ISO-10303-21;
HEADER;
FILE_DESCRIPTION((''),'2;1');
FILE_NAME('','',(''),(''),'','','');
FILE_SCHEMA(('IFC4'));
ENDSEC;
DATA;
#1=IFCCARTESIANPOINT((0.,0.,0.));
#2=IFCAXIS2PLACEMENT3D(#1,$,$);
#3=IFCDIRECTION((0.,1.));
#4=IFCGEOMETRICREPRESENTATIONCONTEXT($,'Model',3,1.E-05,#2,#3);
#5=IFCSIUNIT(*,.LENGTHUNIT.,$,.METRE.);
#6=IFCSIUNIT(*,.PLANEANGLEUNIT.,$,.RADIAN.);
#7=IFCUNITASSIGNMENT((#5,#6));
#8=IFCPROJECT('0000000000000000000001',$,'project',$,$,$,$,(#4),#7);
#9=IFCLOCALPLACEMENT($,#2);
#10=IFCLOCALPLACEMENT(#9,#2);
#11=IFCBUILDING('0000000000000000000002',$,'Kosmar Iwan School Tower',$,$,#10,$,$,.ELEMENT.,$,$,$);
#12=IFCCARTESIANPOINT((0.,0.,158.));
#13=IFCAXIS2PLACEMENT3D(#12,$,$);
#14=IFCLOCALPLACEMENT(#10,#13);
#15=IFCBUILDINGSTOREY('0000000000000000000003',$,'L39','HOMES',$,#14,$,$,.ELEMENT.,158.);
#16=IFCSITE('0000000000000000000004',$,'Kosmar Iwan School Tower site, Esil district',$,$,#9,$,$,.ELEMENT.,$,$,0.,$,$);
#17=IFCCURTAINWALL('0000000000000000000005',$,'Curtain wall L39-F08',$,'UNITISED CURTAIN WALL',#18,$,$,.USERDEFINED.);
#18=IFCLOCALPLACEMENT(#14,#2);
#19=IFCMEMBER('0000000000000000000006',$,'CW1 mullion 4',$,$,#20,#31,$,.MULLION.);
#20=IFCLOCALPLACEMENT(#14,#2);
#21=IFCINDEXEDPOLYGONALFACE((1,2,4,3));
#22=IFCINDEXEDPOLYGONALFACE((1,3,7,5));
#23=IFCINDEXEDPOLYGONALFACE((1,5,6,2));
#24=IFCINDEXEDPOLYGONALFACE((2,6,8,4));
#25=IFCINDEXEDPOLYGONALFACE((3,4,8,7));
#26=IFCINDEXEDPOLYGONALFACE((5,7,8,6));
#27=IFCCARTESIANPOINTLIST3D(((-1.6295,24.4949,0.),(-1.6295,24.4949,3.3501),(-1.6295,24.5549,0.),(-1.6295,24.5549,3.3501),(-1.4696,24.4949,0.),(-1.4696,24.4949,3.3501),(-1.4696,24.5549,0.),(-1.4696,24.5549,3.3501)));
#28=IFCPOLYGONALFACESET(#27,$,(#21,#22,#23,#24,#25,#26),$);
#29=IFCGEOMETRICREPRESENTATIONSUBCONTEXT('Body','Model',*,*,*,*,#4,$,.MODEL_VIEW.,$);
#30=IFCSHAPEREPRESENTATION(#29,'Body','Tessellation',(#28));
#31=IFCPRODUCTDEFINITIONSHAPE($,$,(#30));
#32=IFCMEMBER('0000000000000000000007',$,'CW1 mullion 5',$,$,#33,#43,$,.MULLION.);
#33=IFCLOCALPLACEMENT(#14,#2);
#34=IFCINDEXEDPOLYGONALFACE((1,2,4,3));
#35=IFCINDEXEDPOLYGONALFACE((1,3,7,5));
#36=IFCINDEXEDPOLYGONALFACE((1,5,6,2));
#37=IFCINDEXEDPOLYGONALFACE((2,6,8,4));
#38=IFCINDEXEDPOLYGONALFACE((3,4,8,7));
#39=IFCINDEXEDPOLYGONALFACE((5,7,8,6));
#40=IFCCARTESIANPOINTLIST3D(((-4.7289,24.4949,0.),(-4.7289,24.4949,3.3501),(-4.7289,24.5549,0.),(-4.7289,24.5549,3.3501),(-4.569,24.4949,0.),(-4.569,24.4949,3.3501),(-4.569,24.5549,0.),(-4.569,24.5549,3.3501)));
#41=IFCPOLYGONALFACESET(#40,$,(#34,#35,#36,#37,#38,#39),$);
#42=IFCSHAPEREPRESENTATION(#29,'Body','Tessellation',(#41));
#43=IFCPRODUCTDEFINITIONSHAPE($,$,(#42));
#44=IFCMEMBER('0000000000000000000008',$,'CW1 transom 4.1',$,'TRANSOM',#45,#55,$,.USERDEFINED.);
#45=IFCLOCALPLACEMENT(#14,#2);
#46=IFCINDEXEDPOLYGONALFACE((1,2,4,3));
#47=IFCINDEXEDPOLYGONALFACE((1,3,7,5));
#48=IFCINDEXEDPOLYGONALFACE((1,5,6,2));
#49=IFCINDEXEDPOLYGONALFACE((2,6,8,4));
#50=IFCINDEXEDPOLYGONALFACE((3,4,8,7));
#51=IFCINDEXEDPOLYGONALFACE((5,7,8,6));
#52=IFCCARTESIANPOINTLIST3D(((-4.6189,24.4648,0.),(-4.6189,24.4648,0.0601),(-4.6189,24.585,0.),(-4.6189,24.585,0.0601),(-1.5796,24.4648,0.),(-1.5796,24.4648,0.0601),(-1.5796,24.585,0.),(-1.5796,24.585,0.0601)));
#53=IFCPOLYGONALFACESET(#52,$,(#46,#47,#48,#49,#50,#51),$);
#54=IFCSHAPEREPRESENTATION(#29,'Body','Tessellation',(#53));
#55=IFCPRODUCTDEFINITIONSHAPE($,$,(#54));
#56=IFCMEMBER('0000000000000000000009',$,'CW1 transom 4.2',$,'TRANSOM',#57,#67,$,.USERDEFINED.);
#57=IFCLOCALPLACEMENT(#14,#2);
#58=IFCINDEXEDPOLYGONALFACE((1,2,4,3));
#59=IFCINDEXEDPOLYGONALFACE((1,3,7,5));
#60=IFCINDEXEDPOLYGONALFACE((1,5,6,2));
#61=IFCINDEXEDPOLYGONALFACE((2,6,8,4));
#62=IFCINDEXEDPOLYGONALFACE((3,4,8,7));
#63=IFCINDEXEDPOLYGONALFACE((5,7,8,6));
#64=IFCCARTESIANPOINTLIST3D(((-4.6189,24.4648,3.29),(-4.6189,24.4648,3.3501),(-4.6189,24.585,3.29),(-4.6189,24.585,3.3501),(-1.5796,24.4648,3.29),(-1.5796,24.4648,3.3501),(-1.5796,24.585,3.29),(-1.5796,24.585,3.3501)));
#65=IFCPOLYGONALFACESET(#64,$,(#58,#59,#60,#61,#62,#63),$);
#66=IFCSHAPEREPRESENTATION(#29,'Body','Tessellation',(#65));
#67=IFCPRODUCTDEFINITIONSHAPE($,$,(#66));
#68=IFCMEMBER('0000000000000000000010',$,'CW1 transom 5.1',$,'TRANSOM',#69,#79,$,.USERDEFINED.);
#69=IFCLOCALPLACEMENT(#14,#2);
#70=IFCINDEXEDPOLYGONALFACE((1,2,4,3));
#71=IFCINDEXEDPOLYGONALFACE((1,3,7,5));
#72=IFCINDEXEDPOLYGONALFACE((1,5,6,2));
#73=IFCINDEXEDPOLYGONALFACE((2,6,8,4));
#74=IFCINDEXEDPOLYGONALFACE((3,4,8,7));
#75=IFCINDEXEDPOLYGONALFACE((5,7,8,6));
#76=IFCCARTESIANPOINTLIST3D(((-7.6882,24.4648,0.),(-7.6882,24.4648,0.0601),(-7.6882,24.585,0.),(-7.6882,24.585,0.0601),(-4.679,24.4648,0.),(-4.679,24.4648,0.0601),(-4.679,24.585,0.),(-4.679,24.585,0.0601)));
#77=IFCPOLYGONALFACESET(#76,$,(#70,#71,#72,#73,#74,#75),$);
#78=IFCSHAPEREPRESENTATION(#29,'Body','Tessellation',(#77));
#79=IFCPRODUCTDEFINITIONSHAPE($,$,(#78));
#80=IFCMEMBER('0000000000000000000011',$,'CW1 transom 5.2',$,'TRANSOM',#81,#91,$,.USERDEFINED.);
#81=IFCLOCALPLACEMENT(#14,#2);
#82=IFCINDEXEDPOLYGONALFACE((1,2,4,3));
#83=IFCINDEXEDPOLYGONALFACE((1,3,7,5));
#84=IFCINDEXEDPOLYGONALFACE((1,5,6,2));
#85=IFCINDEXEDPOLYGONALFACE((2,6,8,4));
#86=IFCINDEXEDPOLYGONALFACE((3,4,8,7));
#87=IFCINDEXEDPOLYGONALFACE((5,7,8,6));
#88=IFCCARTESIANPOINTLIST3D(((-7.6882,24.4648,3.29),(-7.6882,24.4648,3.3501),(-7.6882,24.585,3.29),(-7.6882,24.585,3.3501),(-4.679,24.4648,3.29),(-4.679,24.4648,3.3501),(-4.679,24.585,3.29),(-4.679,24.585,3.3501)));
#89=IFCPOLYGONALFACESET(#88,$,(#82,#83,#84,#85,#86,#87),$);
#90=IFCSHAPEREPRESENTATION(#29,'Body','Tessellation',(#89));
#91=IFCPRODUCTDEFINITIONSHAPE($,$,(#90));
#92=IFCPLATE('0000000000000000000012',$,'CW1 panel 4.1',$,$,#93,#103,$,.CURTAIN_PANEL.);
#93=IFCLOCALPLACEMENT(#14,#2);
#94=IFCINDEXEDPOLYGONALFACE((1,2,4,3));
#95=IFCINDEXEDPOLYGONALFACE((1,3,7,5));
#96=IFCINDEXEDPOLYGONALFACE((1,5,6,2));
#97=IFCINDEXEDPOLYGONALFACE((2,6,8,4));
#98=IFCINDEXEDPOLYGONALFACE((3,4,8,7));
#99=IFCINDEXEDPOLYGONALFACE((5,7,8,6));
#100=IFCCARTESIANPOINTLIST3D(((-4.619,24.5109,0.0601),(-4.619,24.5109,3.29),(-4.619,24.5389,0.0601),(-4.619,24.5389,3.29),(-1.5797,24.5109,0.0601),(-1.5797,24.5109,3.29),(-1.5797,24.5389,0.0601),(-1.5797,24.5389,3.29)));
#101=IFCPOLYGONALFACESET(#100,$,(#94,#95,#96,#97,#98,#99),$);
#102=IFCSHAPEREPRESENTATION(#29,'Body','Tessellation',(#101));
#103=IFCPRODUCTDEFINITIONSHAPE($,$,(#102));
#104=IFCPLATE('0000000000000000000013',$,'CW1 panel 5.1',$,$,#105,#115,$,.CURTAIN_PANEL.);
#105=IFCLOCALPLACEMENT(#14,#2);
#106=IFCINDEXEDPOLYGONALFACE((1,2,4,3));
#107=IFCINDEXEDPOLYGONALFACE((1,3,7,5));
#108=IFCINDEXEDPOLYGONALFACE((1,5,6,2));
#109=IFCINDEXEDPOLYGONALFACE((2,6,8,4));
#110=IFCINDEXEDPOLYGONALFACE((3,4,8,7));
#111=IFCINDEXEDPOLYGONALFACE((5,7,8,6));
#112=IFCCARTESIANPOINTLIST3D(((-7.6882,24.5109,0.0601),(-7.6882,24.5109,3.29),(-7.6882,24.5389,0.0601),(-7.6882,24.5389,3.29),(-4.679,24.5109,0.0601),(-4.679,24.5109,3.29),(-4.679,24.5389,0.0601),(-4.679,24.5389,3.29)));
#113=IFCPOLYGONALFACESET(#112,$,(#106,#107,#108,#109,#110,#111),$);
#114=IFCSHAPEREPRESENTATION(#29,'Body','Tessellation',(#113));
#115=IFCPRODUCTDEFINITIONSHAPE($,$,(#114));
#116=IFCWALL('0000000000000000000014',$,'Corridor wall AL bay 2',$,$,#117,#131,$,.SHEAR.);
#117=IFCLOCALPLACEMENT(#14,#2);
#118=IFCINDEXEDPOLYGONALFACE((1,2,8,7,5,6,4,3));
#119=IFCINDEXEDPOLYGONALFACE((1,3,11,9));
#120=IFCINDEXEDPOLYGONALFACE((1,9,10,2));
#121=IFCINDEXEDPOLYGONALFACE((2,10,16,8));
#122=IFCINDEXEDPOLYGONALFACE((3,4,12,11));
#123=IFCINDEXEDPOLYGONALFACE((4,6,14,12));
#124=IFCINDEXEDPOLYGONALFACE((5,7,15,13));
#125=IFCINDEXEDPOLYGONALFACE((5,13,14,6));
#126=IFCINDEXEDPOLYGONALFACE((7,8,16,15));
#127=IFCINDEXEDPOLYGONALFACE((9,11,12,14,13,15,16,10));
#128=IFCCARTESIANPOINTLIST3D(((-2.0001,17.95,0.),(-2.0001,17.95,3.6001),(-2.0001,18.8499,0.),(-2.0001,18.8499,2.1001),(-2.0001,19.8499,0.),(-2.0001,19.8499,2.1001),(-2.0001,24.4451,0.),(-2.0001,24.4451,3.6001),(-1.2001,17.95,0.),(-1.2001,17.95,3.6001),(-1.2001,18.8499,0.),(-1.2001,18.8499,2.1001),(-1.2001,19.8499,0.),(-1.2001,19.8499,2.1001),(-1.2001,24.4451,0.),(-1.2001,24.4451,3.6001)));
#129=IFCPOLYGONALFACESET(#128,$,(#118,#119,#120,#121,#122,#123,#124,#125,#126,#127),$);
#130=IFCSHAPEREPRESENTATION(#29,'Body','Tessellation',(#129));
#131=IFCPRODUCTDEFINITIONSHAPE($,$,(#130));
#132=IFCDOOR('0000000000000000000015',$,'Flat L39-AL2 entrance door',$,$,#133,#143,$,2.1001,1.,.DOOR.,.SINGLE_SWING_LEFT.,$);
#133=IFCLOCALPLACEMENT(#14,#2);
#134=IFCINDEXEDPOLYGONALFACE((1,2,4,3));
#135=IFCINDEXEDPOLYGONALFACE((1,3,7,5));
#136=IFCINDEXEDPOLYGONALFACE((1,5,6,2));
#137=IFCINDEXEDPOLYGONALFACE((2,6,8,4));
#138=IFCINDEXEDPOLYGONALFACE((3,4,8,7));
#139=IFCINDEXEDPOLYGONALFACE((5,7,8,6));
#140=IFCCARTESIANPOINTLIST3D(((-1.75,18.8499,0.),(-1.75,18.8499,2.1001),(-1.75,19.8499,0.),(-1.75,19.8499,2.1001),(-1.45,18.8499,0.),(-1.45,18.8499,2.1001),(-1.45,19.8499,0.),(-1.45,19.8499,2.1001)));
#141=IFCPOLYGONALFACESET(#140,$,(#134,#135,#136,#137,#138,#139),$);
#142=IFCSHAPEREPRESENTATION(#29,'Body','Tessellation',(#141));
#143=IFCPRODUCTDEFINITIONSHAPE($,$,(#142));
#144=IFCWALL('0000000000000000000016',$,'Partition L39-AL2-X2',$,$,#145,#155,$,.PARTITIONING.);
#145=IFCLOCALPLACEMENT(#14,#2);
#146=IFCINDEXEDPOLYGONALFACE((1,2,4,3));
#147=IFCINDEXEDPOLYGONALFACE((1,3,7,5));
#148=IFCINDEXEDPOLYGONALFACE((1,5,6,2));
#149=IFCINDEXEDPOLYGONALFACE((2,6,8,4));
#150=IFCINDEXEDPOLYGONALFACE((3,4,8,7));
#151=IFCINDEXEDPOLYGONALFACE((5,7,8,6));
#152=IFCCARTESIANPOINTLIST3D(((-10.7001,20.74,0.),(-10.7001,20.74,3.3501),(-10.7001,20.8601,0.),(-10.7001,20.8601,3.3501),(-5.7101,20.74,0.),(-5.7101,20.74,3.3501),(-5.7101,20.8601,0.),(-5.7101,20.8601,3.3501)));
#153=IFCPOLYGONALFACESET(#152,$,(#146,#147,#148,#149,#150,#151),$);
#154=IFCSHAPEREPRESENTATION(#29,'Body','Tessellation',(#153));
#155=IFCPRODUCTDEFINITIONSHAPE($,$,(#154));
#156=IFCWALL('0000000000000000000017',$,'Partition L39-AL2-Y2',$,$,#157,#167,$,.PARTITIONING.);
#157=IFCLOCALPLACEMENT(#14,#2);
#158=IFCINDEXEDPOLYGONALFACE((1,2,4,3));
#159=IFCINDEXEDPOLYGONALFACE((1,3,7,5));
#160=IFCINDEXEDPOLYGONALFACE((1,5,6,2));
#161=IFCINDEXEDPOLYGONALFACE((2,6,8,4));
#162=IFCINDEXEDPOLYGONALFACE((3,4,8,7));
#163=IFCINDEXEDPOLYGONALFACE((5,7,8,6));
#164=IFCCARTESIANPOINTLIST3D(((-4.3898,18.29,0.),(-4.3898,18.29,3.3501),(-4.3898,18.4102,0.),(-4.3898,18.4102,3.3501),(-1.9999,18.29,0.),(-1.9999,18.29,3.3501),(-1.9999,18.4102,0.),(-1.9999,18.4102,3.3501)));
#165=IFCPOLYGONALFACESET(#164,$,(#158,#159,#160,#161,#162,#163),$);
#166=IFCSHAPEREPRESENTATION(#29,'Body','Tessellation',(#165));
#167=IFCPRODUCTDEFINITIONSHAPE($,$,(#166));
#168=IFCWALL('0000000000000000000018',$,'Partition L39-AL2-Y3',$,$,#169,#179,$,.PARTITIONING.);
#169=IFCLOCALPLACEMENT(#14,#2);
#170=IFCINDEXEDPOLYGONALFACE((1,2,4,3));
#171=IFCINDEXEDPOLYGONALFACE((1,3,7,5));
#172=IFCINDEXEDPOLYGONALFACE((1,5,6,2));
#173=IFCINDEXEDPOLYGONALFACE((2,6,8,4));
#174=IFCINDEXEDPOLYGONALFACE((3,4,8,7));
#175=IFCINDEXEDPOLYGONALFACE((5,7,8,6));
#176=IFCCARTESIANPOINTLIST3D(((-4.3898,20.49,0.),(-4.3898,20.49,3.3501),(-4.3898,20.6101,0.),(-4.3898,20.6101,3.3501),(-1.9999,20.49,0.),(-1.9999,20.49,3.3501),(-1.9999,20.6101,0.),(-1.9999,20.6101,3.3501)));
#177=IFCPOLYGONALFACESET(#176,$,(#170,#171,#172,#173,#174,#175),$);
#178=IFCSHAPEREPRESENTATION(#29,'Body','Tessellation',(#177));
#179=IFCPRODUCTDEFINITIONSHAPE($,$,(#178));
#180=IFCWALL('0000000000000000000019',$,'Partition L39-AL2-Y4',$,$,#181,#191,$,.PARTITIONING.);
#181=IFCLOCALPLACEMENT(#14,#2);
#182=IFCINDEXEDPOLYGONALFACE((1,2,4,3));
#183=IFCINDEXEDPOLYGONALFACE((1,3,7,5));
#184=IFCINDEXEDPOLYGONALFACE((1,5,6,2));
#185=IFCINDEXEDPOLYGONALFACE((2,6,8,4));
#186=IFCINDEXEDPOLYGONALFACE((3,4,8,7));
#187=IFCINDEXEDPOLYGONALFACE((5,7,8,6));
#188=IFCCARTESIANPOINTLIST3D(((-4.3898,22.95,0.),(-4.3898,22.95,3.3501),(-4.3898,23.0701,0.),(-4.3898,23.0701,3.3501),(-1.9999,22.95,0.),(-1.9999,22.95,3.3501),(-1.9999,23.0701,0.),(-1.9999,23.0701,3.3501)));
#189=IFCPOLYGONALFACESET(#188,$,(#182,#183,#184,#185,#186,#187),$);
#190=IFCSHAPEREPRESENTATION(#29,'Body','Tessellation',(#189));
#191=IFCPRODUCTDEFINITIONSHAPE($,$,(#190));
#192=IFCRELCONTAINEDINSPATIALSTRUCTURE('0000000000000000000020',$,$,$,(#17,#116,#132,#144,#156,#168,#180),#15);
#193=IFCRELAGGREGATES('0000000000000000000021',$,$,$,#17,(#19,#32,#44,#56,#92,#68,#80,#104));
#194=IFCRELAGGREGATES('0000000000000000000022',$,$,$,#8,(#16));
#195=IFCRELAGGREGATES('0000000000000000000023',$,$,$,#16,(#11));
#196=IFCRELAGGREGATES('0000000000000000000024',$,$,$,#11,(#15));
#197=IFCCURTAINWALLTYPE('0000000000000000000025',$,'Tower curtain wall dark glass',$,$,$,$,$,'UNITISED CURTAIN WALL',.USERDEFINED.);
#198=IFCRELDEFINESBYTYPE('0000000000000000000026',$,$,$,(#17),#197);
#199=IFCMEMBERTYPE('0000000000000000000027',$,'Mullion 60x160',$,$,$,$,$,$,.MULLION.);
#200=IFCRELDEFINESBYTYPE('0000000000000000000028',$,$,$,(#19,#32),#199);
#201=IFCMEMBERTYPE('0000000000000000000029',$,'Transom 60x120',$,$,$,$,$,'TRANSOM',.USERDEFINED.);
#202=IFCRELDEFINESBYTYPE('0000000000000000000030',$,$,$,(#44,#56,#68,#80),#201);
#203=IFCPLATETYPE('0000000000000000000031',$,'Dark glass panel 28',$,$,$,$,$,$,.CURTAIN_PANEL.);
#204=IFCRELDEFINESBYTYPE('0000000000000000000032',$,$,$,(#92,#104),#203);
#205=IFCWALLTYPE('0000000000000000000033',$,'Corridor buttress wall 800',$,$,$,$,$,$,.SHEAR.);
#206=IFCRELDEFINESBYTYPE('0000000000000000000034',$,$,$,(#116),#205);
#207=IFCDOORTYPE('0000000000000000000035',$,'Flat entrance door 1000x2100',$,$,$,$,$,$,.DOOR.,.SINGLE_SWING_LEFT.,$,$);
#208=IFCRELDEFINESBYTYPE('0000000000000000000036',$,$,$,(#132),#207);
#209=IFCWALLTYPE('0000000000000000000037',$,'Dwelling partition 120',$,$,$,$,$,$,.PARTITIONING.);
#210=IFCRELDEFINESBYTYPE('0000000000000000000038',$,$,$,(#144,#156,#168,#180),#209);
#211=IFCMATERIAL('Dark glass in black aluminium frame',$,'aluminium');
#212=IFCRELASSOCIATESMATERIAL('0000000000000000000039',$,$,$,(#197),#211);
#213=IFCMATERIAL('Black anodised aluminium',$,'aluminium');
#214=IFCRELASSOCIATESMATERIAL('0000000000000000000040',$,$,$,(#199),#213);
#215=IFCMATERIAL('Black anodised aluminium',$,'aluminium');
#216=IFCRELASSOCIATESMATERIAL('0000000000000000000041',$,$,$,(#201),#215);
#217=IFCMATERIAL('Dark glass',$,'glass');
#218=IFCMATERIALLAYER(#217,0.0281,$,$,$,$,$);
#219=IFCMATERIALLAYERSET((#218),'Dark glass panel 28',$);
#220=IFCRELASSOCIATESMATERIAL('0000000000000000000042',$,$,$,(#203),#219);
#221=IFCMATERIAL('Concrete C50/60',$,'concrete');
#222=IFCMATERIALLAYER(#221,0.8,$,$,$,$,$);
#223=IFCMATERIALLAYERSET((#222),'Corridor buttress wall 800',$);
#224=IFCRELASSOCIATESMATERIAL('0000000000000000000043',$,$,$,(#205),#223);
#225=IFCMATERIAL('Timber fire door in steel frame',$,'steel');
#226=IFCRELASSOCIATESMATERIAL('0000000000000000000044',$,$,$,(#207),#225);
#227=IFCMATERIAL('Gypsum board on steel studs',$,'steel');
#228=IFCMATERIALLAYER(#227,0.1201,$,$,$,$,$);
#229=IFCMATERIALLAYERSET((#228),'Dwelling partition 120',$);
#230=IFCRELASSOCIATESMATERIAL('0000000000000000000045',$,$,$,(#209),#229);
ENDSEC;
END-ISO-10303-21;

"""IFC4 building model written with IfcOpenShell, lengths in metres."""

from ifc_helpers import new_model, si_unit, direction, frame, frame_2d, origin, origin_2d, place, context, subcontext, project, spatial, rectangle, extrude, material, layer, layer_set, material_profile, profile_set, type_object, element, fill, aggregate, save


model = new_model("IFC4")

# Units and contexts
model_context = context("Model", 3, precision=1e-05, world=origin(), true_north=direction((0.0, 1.0)))
body_context = subcontext(model_context, "Body", "Model", "MODEL_VIEW")
ifc_project = project(units=[si_unit("LENGTHUNIT", "METRE"), si_unit("PLANEANGLEUNIT", "RADIAN")], contexts=[model_context])

# Site, building, storey
site_placement = place(None, origin())
site = spatial("IfcSite", under=ifc_project, at=site_placement, Name="Kosmar Iwan School Tower site, Esil district", CompositionType="ELEMENT", RefElevation=0.0)
building_placement = place(site_placement, origin())
building = spatial("IfcBuilding", under=site, at=building_placement, Name="Kosmar Iwan School Tower", CompositionType="ELEMENT")
storey_placement = place(building_placement, frame((0.0, 0.0, 158.0)))
storey = spatial("IfcBuildingStorey", under=building, at=storey_placement, Name="L39", Description="HOMES", CompositionType="ELEMENT", Elevation=158.0)

# Curtain wall, members, plates
ifc_material_1 = material(Name="Dark glass in black aluminium frame", Category="aluminium")
curtain_wall_type = type_object("IfcCurtainWallType", Name="Tower curtain wall dark glass", ElementType="UNITISED CURTAIN WALL", PredefinedType="USERDEFINED", material=ifc_material_1)
curtain_wall_placement = place(storey_placement, origin())
curtain_wall = element("IfcCurtainWall", 1, at=curtain_wall_placement, inside=storey, type_object=curtain_wall_type, Name="Curtain wall L39-F08", ObjectType="UNITISED CURTAIN WALL", PredefinedType="USERDEFINED")
ifc_material_2 = material(Name="Black anodised aluminium", Category="aluminium")
ifc_material_profile_1 = material_profile(ifc_material_2, rectangle(XDim=0.0601, YDim=0.1599, at=origin_2d()), Name="MULLION 60x160")
ifc_profile_set_1 = profile_set([ifc_material_profile_1], Name="Black anodised aluminium")
member_type_1 = type_object("IfcMemberType", Name="Mullion 60x160", PredefinedType="MULLION", material=ifc_profile_set_1)
member_1_placement = place(storey_placement, frame((-1.5496, 24.5249, 0.0), z_axis=(0.0, 0.0, 1.0), x_axis=(0.0, -1.0, 0.0)))
member_1 = element("IfcMember", 2, at=member_1_placement, type_object=member_type_1, Name="CW1 mullion 4", PredefinedType="MULLION", context=body_context, shape_type="SweptSolid", body=[
    extrude(rectangle(XDim=0.0601, YDim=0.1599, at=origin_2d()), origin(), (0.0, 0.0, 1.0), 3.3501),
])
member_2_placement = place(storey_placement, frame((-4.6489, 24.5249, 0.0), z_axis=(0.0, 0.0, 1.0), x_axis=(0.0, -1.0, 0.0)))
member_2 = element("IfcMember", 3, at=member_2_placement, type_object=member_type_1, Name="CW1 mullion 5", PredefinedType="MULLION", context=body_context, shape_type="SweptSolid", body=[
    extrude(rectangle(XDim=0.0601, YDim=0.1599, at=origin_2d()), origin(), (0.0, 0.0, 1.0), 3.3501),
])
ifc_material_3 = material(Name="Black anodised aluminium", Category="aluminium")
ifc_material_profile_2 = material_profile(ifc_material_3, rectangle(XDim=0.1201, YDim=0.0601, at=origin_2d()), Name="TRANSOM 60x120")
ifc_profile_set_2 = profile_set([ifc_material_profile_2], Name="Black anodised aluminium")
member_type_2 = type_object("IfcMemberType", Name="Transom 60x120", ElementType="TRANSOM", PredefinedType="USERDEFINED", material=ifc_profile_set_2)
member_3_placement = place(storey_placement, frame((-1.5796, 24.5249, 0.03), z_axis=(-1.0, 0.0, 0.0), x_axis=(0.0, -1.0, 0.0)))
member_3 = element("IfcMember", 4, at=member_3_placement, type_object=member_type_2, Name="CW1 transom 4.1", ObjectType="TRANSOM", PredefinedType="USERDEFINED", context=body_context, shape_type="SweptSolid", body=[
    extrude(rectangle(XDim=0.1201, YDim=0.0601, at=origin_2d()), origin(), (0.0, 0.0, 1.0), 3.0393),
])
member_4_placement = place(storey_placement, frame((-1.5796, 24.5249, 3.3201), z_axis=(-1.0, 0.0, 0.0), x_axis=(0.0, -1.0, 0.0)))
member_4 = element("IfcMember", 5, at=member_4_placement, type_object=member_type_2, Name="CW1 transom 4.2", ObjectType="TRANSOM", PredefinedType="USERDEFINED", context=body_context, shape_type="SweptSolid", body=[
    extrude(rectangle(XDim=0.1201, YDim=0.0601, at=origin_2d()), origin(), (0.0, 0.0, 1.0), 3.0393),
])
member_5_placement = place(storey_placement, frame((-4.679, 24.5249, 0.03), z_axis=(-1.0, 0.0, 0.0), x_axis=(0.0, -1.0, 0.0)))
member_5 = element("IfcMember", 6, at=member_5_placement, type_object=member_type_2, Name="CW1 transom 5.1", ObjectType="TRANSOM", PredefinedType="USERDEFINED", context=body_context, shape_type="SweptSolid", body=[
    extrude(rectangle(XDim=0.1201, YDim=0.0601, at=origin_2d()), origin(), (0.0, 0.0, 1.0), 3.0093),
])
member_6_placement = place(storey_placement, frame((-4.679, 24.5249, 3.3201), z_axis=(-1.0, 0.0, 0.0), x_axis=(0.0, -1.0, 0.0)))
member_6 = element("IfcMember", 7, at=member_6_placement, type_object=member_type_2, Name="CW1 transom 5.2", ObjectType="TRANSOM", PredefinedType="USERDEFINED", context=body_context, shape_type="SweptSolid", body=[
    extrude(rectangle(XDim=0.1201, YDim=0.0601, at=origin_2d()), origin(), (0.0, 0.0, 1.0), 3.0093),
])
ifc_material_4 = material(Name="Dark glass", Category="glass")
ifc_layer_1 = layer(ifc_material_4, 0.0281)
ifc_layer_set_1 = layer_set([ifc_layer_1], Name="Dark glass panel 28")
plate_type = type_object("IfcPlateType", Name="Dark glass panel 28", PredefinedType="CURTAIN_PANEL", material=ifc_layer_set_1)
plate_1_placement = place(storey_placement, frame((-3.0994, 24.5249, 0.0601), z_axis=(0.0, 0.0, 1.0), x_axis=(-1.0, 0.0, 0.0)))
plate_1 = element("IfcPlate", 8, at=plate_1_placement, type_object=plate_type, Name="CW1 panel 4.1", PredefinedType="CURTAIN_PANEL", context=body_context, shape_type="SweptSolid", body=[
    extrude(rectangle(XDim=3.0393, YDim=0.0281, at=origin_2d()), origin(), (0.0, 0.0, 1.0), 3.23),
])
plate_2_placement = place(storey_placement, frame((-6.1836, 24.5249, 0.0601), z_axis=(0.0, 0.0, 1.0), x_axis=(-1.0, 0.0, 0.0)))
plate_2 = element("IfcPlate", 9, at=plate_2_placement, type_object=plate_type, Name="CW1 panel 5.1", PredefinedType="CURTAIN_PANEL", context=body_context, shape_type="SweptSolid", body=[
    extrude(rectangle(XDim=3.0093, YDim=0.0281, at=origin_2d()), origin(), (0.0, 0.0, 1.0), 3.23),
])
aggregate(curtain_wall, [member_1, member_2, member_3, member_4, plate_1, member_5, member_6, plate_2])

# Wall, opening, door
ifc_material_5 = material(Name="Concrete C50/60", Category="concrete")
ifc_layer_2 = layer(ifc_material_5, 0.8)
ifc_layer_set_2 = layer_set([ifc_layer_2], Name="Corridor buttress wall 800")
wall_type_1 = type_object("IfcWallType", Name="Corridor buttress wall 800", PredefinedType="SHEAR", material=ifc_layer_set_2)
wall_1_placement = place(storey_placement, frame((-1.6001, 17.95, 0.0), z_axis=(0.0, 0.0, 1.0), x_axis=(0.0, 1.0, 0.0)))
wall_1 = element("IfcWall", 10, at=wall_1_placement, inside=storey, type_object=wall_type_1, Name="Corridor wall AL bay 2", PredefinedType="SHEAR", context=body_context, shape_type="SweptSolid", body=[
    extrude(rectangle(XDim=6.4951, YDim=0.8, at=frame_2d((3.2476, 0.0))), origin(), (0.0, 0.0, 1.0), 3.6001),
])
opening_placement = place(wall_1_placement, frame((0.8999, 0.0, 0.0)))
opening = element("IfcOpeningElement", 11, at=opening_placement, cuts=wall_1, PredefinedType="OPENING", context=body_context, shape_type="SweptSolid", body=[
    extrude(rectangle(XDim=1.0, YDim=2.1001, at=frame_2d((0.5, 1.05))), frame((0.0, 0.4121, 0.0), z_axis=(0.0, -1.0, 0.0), x_axis=(1.0, 0.0, 0.0)), (0.0, 0.0, 1.0), 0.824),
])
ifc_material_6 = material(Name="Timber fire door in steel frame", Category="steel")
door_type = type_object("IfcDoorType", Name="Flat entrance door 1000x2100", OperationType="SINGLE_SWING_LEFT", PredefinedType="DOOR", material=ifc_material_6)
door_placement = place(opening_placement, origin())
door = element("IfcDoor", 12, at=door_placement, inside=storey, type_object=door_type, Name="Flat L39-AL2 entrance door", OperationType="SINGLE_SWING_LEFT", OverallHeight=2.1001, OverallWidth=1.0, PredefinedType="DOOR", context=body_context, shape_type="SweptSolid", body=[
    extrude(rectangle(XDim=1.0, YDim=2.1001, at=frame_2d((0.5, 1.05))), frame((0.0, 0.1499, 0.0), z_axis=(0.0, -1.0, 0.0), x_axis=(1.0, 0.0, 0.0)), (0.0, 0.0, 1.0), 0.3),
])
fill(opening, door)

# Walls
ifc_material_7 = material(Name="Gypsum board on steel studs", Category="steel")
ifc_layer_3 = layer(ifc_material_7, 0.1201)
ifc_layer_set_3 = layer_set([ifc_layer_3], Name="Dwelling partition 120")
wall_type_2 = type_object("IfcWallType", Name="Dwelling partition 120", PredefinedType="PARTITIONING", material=ifc_layer_set_3)
wall_2_placement = place(storey_placement, frame((-5.71, 20.8, 0.0), z_axis=(0.0, 0.0, 1.0), x_axis=(-1.0, 0.0, 0.0)))
element("IfcWall", 13, at=wall_2_placement, inside=storey, type_object=wall_type_2, Name="Partition L39-AL2-X2", PredefinedType="PARTITIONING", context=body_context, shape_type="SweptSolid", body=[
    extrude(rectangle(XDim=4.99, YDim=0.1201, at=frame_2d((2.4951, 0.0))), origin(), (0.0, 0.0, 1.0), 3.3501),
])
for number, where, z_axis, x_axis, name in (
    (14, (-2.0, 18.3501, 0.0), (0.0, 0.0, 1.0), (-1.0, 0.0, 0.0), "Partition L39-AL2-Y2"),
    (15, (-2.0, 20.55, 0.0), (0.0, 0.0, 1.0), (-1.0, 0.0, 0.0), "Partition L39-AL2-Y3"),
    (16, (-2.0, 23.01, 0.0), (0.0, 0.0, 1.0), (-1.0, 0.0, 0.0), "Partition L39-AL2-Y4"),
):
    element("IfcWall", number, at=place(storey_placement, frame(where, z_axis=z_axis, x_axis=x_axis)), inside=storey, type_object=wall_type_2, Name=name, PredefinedType="PARTITIONING", context=body_context, shape_type="SweptSolid", body=[
        extrude(rectangle(XDim=2.3899, YDim=0.1201, at=frame_2d((1.1948, 0.0))), origin(), (0.0, 0.0, 1.0), 3.3501),
    ])

save(model, "model.ifc")
